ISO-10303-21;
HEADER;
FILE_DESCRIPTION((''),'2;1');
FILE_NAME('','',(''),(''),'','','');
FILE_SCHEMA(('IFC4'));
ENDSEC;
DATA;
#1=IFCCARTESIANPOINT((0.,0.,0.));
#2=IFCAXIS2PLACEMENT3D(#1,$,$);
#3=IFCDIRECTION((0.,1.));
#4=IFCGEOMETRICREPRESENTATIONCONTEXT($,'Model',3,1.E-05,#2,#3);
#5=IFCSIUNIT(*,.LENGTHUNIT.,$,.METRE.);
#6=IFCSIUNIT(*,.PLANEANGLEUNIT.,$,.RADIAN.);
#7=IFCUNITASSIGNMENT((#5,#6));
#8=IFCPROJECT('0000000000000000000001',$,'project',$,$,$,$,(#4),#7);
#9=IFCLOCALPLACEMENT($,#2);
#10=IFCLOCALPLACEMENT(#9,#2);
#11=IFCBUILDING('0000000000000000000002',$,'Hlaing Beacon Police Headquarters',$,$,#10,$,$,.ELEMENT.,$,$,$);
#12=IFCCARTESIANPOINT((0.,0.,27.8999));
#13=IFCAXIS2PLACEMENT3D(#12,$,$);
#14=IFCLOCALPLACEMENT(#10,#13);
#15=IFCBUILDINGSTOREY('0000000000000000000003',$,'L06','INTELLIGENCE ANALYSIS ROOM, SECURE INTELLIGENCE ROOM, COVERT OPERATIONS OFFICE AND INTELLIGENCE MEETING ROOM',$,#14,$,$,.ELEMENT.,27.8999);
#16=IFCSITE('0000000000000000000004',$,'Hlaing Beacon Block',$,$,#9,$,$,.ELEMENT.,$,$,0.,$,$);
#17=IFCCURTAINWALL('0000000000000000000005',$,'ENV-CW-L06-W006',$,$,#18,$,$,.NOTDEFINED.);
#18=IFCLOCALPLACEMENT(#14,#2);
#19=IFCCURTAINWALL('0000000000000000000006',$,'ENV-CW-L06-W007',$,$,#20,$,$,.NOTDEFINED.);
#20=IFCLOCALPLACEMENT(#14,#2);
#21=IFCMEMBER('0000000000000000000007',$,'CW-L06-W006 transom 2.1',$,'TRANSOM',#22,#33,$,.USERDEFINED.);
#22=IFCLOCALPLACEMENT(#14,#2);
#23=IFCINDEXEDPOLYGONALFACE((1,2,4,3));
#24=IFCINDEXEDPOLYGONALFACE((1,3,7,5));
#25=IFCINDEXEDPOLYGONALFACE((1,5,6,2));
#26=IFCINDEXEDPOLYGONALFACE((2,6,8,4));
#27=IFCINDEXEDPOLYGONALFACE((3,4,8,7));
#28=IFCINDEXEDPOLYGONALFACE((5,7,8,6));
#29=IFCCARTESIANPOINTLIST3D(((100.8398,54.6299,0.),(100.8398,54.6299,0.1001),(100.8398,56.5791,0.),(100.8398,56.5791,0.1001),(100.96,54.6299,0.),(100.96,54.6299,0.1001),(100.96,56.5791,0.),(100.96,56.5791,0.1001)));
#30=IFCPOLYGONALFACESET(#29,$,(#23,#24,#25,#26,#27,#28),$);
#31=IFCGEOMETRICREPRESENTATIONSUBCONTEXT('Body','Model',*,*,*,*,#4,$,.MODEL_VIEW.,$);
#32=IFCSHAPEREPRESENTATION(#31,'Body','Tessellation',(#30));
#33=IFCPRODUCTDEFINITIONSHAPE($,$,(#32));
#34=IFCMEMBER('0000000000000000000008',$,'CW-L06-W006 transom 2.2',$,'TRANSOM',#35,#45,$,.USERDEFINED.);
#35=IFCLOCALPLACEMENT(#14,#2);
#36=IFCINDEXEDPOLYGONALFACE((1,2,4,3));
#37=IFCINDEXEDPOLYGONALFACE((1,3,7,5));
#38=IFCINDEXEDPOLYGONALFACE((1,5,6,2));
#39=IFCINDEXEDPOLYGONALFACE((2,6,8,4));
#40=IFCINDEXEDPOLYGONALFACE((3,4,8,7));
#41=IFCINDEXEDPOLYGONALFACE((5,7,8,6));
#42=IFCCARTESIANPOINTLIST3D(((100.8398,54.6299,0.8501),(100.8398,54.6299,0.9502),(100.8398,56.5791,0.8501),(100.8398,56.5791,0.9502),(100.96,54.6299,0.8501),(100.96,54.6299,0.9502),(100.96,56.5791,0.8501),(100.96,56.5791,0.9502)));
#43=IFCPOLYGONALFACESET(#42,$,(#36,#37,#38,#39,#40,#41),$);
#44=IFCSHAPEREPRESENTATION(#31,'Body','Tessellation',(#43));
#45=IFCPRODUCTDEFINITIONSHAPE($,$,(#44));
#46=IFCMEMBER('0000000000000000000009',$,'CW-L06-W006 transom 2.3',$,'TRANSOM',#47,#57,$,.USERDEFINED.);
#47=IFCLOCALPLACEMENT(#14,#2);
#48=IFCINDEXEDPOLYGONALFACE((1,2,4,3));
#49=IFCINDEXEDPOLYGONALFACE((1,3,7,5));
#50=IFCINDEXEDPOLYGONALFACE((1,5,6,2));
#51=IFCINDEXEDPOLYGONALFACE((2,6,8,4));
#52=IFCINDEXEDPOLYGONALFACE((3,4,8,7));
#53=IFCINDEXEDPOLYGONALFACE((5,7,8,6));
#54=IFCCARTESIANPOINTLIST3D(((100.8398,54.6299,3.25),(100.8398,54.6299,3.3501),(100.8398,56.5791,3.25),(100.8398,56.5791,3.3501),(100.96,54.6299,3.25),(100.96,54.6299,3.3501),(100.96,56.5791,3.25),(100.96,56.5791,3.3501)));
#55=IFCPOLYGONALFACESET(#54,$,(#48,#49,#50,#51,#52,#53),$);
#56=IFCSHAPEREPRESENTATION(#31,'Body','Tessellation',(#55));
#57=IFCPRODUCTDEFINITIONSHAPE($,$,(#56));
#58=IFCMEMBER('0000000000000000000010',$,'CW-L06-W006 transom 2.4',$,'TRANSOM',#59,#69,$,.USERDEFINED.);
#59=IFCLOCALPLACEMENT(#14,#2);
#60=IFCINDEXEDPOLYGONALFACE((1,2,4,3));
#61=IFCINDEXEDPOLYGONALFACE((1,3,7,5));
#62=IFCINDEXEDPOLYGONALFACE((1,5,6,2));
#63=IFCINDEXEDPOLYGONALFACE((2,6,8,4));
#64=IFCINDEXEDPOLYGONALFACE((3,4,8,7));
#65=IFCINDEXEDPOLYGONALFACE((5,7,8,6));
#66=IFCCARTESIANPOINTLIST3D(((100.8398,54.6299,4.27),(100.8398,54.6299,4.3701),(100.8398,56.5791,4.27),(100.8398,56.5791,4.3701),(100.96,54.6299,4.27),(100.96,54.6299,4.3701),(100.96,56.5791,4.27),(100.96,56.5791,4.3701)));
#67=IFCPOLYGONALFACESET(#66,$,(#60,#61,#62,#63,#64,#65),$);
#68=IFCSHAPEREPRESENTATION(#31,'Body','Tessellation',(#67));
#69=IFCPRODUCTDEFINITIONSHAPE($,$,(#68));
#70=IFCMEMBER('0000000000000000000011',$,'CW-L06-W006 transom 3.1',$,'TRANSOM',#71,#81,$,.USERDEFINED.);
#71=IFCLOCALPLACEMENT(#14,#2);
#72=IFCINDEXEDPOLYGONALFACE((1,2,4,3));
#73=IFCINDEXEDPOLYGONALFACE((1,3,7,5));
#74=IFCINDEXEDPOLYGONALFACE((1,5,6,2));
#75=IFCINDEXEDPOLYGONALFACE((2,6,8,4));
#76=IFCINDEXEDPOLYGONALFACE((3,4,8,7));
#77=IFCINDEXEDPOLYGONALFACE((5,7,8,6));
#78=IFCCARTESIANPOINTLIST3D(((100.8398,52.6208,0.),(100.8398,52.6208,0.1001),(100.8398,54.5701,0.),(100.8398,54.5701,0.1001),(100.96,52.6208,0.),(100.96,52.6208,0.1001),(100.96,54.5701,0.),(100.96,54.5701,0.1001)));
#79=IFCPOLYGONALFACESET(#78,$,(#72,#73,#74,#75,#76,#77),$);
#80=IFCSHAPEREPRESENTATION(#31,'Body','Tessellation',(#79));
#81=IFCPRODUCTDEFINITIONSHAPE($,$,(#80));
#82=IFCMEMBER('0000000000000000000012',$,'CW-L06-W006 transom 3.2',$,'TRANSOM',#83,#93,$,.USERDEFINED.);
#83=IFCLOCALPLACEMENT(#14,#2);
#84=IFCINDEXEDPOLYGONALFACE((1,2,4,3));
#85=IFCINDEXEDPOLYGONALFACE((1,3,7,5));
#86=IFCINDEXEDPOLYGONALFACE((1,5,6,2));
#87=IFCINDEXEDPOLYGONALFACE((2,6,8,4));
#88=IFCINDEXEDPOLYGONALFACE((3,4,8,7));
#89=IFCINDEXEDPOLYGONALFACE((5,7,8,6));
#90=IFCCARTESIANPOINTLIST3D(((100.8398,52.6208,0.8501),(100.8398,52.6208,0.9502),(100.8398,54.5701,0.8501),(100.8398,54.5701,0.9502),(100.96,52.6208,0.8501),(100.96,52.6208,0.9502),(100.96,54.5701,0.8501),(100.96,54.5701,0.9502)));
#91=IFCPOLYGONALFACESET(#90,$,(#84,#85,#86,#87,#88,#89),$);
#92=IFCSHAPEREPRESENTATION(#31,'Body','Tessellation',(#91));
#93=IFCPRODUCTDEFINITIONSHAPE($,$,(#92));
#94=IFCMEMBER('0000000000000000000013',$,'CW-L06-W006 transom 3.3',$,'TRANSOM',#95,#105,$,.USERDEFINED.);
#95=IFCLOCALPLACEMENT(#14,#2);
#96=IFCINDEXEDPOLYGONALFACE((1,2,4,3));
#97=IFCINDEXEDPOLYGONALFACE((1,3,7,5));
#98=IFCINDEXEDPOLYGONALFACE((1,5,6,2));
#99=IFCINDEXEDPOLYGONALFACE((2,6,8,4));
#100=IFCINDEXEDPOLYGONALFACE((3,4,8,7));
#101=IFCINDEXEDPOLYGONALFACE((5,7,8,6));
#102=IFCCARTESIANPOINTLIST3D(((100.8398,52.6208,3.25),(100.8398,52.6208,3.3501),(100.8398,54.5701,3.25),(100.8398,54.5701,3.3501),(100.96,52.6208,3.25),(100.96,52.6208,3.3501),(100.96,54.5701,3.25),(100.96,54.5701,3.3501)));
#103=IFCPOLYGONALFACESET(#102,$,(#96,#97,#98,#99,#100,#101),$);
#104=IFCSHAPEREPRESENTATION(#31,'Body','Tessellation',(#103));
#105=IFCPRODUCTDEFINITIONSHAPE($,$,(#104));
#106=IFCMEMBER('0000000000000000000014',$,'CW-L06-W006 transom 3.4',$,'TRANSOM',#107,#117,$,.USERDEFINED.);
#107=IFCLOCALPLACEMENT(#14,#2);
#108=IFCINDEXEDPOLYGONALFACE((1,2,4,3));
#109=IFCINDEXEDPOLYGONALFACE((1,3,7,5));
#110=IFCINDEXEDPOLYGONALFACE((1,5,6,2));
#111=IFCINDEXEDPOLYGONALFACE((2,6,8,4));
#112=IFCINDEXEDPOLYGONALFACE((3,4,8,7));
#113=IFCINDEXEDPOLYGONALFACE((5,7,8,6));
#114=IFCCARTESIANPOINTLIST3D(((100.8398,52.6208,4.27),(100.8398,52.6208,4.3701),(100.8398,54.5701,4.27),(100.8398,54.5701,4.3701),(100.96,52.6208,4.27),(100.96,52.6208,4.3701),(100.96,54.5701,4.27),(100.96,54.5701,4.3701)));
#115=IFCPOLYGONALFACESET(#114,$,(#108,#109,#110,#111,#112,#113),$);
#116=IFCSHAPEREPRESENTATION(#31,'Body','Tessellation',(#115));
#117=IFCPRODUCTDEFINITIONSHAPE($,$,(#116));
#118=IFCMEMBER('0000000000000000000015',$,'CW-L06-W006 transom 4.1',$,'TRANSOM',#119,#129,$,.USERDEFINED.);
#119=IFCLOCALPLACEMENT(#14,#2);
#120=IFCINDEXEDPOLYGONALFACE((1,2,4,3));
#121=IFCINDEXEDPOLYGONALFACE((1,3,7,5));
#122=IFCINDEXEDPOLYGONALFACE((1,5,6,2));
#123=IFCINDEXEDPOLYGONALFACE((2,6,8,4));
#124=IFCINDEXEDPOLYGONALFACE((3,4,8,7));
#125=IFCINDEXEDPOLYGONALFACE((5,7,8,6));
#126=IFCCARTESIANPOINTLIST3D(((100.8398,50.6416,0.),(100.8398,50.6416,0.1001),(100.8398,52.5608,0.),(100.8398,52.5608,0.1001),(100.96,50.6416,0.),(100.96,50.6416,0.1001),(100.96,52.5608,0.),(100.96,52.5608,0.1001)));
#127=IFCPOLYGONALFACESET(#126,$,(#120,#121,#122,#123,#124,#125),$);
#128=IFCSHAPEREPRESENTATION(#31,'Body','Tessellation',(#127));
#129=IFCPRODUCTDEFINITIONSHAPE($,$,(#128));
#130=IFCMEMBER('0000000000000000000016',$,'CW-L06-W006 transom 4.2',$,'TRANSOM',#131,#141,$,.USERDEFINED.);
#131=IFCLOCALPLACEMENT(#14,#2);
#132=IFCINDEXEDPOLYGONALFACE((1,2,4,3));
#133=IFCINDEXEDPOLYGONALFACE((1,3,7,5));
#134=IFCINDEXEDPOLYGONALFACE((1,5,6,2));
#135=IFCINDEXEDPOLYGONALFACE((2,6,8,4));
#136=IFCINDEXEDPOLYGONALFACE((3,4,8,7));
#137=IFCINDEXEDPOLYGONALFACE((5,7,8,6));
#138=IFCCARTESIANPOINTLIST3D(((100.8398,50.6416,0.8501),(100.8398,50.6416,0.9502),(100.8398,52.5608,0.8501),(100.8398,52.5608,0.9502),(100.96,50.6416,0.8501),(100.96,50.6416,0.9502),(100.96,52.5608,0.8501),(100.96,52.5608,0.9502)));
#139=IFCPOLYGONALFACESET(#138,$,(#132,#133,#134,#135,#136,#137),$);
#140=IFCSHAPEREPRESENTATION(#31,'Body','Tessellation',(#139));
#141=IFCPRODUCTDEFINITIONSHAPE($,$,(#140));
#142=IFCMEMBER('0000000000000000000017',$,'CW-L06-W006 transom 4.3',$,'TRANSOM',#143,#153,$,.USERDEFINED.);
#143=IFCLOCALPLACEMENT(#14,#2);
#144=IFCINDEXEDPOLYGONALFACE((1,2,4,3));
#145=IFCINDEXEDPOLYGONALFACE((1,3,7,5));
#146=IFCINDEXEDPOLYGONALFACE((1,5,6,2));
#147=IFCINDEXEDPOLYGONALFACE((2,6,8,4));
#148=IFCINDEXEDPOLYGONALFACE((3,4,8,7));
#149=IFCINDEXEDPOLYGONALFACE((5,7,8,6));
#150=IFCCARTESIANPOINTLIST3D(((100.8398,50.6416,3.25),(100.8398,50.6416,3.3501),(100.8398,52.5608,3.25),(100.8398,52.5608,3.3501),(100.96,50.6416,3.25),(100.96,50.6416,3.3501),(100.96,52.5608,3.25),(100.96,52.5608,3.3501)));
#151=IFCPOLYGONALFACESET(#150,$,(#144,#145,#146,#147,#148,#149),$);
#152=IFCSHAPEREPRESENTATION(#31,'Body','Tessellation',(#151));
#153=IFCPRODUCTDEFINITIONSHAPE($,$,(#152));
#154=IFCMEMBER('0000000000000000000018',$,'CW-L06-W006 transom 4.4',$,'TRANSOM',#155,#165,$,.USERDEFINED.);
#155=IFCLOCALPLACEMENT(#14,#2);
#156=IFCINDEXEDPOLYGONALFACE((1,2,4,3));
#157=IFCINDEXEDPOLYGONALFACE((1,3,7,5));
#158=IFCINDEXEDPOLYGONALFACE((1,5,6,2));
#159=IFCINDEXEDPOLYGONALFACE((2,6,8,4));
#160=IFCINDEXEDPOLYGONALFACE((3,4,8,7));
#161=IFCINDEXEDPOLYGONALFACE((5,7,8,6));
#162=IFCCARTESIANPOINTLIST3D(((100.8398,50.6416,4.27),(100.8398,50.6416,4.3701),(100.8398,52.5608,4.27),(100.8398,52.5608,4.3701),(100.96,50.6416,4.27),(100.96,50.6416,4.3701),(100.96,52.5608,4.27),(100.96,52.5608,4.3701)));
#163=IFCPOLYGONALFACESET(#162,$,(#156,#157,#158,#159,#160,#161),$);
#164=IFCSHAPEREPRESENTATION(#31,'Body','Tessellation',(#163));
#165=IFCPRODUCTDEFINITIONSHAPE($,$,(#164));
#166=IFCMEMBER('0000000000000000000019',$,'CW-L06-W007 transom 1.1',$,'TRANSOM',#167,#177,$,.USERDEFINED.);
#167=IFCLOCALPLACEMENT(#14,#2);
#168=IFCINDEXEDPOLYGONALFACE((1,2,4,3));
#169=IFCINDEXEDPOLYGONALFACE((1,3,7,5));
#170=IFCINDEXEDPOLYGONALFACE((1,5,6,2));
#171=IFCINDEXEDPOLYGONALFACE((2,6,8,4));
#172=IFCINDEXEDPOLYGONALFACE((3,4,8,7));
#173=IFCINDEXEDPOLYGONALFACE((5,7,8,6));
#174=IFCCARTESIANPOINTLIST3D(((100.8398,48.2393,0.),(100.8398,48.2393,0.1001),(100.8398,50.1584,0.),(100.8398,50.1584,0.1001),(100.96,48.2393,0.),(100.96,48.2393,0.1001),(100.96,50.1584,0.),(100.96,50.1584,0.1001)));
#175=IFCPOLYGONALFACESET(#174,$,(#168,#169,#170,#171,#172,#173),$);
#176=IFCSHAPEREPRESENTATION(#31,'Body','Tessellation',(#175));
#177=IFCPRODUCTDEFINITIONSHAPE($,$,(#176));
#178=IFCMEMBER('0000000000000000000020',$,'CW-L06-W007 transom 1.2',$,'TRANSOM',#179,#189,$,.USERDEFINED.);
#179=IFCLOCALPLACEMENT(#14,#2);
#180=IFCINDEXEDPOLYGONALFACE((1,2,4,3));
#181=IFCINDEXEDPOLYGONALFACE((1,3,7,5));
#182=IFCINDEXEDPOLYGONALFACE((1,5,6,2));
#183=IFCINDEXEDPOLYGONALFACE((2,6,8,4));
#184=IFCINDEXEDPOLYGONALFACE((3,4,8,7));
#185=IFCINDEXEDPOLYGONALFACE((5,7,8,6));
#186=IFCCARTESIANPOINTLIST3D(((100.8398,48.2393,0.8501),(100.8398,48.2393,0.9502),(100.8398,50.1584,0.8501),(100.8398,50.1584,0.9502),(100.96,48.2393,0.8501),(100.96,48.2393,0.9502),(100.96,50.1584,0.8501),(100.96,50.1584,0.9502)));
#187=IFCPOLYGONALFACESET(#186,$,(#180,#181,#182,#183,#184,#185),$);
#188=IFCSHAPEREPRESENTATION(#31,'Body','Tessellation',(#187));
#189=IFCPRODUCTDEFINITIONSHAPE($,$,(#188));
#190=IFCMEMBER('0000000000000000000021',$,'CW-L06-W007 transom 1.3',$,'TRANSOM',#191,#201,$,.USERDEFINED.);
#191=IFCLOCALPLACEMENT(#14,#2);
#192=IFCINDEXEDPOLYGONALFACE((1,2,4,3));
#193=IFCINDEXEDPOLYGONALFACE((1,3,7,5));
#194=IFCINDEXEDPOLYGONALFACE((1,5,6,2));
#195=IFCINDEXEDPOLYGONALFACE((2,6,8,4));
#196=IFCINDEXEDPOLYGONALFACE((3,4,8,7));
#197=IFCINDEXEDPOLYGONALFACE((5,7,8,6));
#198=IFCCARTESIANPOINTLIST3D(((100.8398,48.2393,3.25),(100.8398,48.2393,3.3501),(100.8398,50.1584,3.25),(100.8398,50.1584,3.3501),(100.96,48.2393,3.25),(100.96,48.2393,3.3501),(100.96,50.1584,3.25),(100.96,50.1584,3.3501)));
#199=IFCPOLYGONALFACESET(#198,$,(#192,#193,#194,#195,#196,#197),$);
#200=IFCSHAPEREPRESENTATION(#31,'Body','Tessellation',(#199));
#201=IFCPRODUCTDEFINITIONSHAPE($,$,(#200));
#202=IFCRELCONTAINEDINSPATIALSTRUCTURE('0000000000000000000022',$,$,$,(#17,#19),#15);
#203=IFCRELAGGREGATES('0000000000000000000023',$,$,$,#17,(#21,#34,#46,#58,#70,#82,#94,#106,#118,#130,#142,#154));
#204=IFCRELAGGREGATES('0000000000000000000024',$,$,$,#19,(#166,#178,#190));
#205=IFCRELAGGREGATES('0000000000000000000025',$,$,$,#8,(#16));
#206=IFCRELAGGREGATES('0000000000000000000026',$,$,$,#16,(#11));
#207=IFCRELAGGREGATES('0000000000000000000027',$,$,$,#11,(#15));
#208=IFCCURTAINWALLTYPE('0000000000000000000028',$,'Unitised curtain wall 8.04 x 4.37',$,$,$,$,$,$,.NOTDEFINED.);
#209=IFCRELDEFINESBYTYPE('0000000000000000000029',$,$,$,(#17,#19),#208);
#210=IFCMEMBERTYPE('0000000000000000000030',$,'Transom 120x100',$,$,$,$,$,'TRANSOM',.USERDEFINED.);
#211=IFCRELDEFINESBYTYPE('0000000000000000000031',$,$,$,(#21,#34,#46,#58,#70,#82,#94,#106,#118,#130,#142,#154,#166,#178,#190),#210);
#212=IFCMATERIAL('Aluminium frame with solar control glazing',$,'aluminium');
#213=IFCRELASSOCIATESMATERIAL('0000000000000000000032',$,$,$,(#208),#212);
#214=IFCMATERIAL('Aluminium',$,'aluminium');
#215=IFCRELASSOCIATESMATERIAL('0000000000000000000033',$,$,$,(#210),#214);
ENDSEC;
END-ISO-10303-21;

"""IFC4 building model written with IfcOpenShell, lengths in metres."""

from ifc_helpers import new_model, si_unit, direction, frame, origin, origin_2d, place, context, subcontext, project, spatial, rectangle, extrude, material, material_profile, profile_set, type_object, element, aggregate, save


model = new_model("IFC4")

# Units and contexts
model_context = context("Model", 3, precision=1e-05, world=origin(), true_north=direction((0.0, 1.0)))
body_context = subcontext(model_context, "Body", "Model", "MODEL_VIEW")
ifc_project = project(units=[si_unit("LENGTHUNIT", "METRE"), si_unit("PLANEANGLEUNIT", "RADIAN")], contexts=[model_context])

# Site, building, storey
site_placement = place(None, origin())
site = spatial("IfcSite", under=ifc_project, at=site_placement, Name="Hlaing Beacon Block", CompositionType="ELEMENT", RefElevation=0.0)
building_placement = place(site_placement, origin())
building = spatial("IfcBuilding", under=site, at=building_placement, Name="Hlaing Beacon Police Headquarters", CompositionType="ELEMENT")
storey_placement = place(building_placement, frame((0.0, 0.0, 27.8999)))
storey = spatial("IfcBuildingStorey", under=building, at=storey_placement, Name="L06", Description="INTELLIGENCE ANALYSIS ROOM, SECURE INTELLIGENCE ROOM, COVERT OPERATIONS OFFICE AND INTELLIGENCE MEETING ROOM", CompositionType="ELEMENT", Elevation=27.8999)

# Curtain walls
ifc_material_1 = material(Name="Aluminium frame with solar control glazing", Category="aluminium")
curtain_wall_type = type_object("IfcCurtainWallType", Name="Unitised curtain wall 8.04 x 4.37", PredefinedType="NOTDEFINED", material=ifc_material_1)
curtain_wall_1_placement = place(storey_placement, origin())
curtain_wall_1 = element("IfcCurtainWall", 1, at=curtain_wall_1_placement, inside=storey, type_object=curtain_wall_type, Name="ENV-CW-L06-W006", PredefinedType="NOTDEFINED")
curtain_wall_2_placement = place(storey_placement, origin())
curtain_wall_2 = element("IfcCurtainWall", 2, at=curtain_wall_2_placement, inside=storey, type_object=curtain_wall_type, Name="ENV-CW-L06-W007", PredefinedType="NOTDEFINED")

# Members
ifc_material_2 = material(Name="Aluminium", Category="aluminium")
ifc_material_profile_1 = material_profile(ifc_material_2, rectangle(XDim=0.1201, YDim=0.1001, at=origin_2d()), Name="Transom 120x100")
ifc_profile_set_1 = profile_set([ifc_material_profile_1], Name="Aluminium")
member_type_1 = type_object("IfcMemberType", Name="Transom 120x100", ElementType="TRANSOM", PredefinedType="USERDEFINED", material=ifc_profile_set_1)
member_1_placement = place(storey_placement, frame((100.8999, 56.5791, 0.05), z_axis=(0.0, -1.0, 0.0), x_axis=(1.0, 0.0, 0.0)))
member_1 = element("IfcMember", 3, at=member_1_placement, type_object=member_type_1, Name="CW-L06-W006 transom 2.1", ObjectType="TRANSOM", PredefinedType="USERDEFINED", context=body_context, shape_type="SweptSolid", body=[
    extrude(rectangle(XDim=0.1201, YDim=0.1001, at=origin_2d()), origin(), (0.0, 0.0, 1.0), 1.9492),
])
member_2_placement = place(storey_placement, frame((100.8999, 56.5791, 0.9001), z_axis=(0.0, -1.0, 0.0), x_axis=(1.0, 0.0, 0.0)))
member_2 = element("IfcMember", 4, at=member_2_placement, type_object=member_type_1, Name="CW-L06-W006 transom 2.2", ObjectType="TRANSOM", PredefinedType="USERDEFINED", context=body_context, shape_type="SweptSolid", body=[
    extrude(rectangle(XDim=0.1201, YDim=0.1001, at=origin_2d()), origin(), (0.0, 0.0, 1.0), 1.9492),
])
member_3_placement = place(storey_placement, frame((100.8999, 56.5791, 3.3), z_axis=(0.0, -1.0, 0.0), x_axis=(1.0, 0.0, 0.0)))
member_3 = element("IfcMember", 5, at=member_3_placement, type_object=member_type_1, Name="CW-L06-W006 transom 2.3", ObjectType="TRANSOM", PredefinedType="USERDEFINED", context=body_context, shape_type="SweptSolid", body=[
    extrude(rectangle(XDim=0.1201, YDim=0.1001, at=origin_2d()), origin(), (0.0, 0.0, 1.0), 1.9492),
])
member_4_placement = place(storey_placement, frame((100.8999, 56.5791, 4.3201), z_axis=(0.0, -1.0, 0.0), x_axis=(1.0, 0.0, 0.0)))
member_4 = element("IfcMember", 6, at=member_4_placement, type_object=member_type_1, Name="CW-L06-W006 transom 2.4", ObjectType="TRANSOM", PredefinedType="USERDEFINED", context=body_context, shape_type="SweptSolid", body=[
    extrude(rectangle(XDim=0.1201, YDim=0.1001, at=origin_2d()), origin(), (0.0, 0.0, 1.0), 1.9492),
])
member_5_placement = place(storey_placement, frame((100.8999, 54.5701, 0.05), z_axis=(0.0, -1.0, 0.0), x_axis=(1.0, 0.0, 0.0)))
member_5 = element("IfcMember", 7, at=member_5_placement, type_object=member_type_1, Name="CW-L06-W006 transom 3.1", ObjectType="TRANSOM", PredefinedType="USERDEFINED", context=body_context, shape_type="SweptSolid", body=[
    extrude(rectangle(XDim=0.1201, YDim=0.1001, at=origin_2d()), origin(), (0.0, 0.0, 1.0), 1.9492),
])
member_6_placement = place(storey_placement, frame((100.8999, 54.5701, 0.9001), z_axis=(0.0, -1.0, 0.0), x_axis=(1.0, 0.0, 0.0)))
member_6 = element("IfcMember", 8, at=member_6_placement, type_object=member_type_1, Name="CW-L06-W006 transom 3.2", ObjectType="TRANSOM", PredefinedType="USERDEFINED", context=body_context, shape_type="SweptSolid", body=[
    extrude(rectangle(XDim=0.1201, YDim=0.1001, at=origin_2d()), origin(), (0.0, 0.0, 1.0), 1.9492),
])
member_7_placement = place(storey_placement, frame((100.8999, 54.5701, 3.3), z_axis=(0.0, -1.0, 0.0), x_axis=(1.0, 0.0, 0.0)))
member_7 = element("IfcMember", 9, at=member_7_placement, type_object=member_type_1, Name="CW-L06-W006 transom 3.3", ObjectType="TRANSOM", PredefinedType="USERDEFINED", context=body_context, shape_type="SweptSolid", body=[
    extrude(rectangle(XDim=0.1201, YDim=0.1001, at=origin_2d()), origin(), (0.0, 0.0, 1.0), 1.9492),
])
member_8_placement = place(storey_placement, frame((100.8999, 54.5701, 4.3201), z_axis=(0.0, -1.0, 0.0), x_axis=(1.0, 0.0, 0.0)))
member_8 = element("IfcMember", 10, at=member_8_placement, type_object=member_type_1, Name="CW-L06-W006 transom 3.4", ObjectType="TRANSOM", PredefinedType="USERDEFINED", context=body_context, shape_type="SweptSolid", body=[
    extrude(rectangle(XDim=0.1201, YDim=0.1001, at=origin_2d()), origin(), (0.0, 0.0, 1.0), 1.9492),
])
member_9_placement = place(storey_placement, frame((100.8999, 52.5608, 0.05), z_axis=(0.0, -1.0, 0.0), x_axis=(1.0, 0.0, 0.0)))
member_9 = element("IfcMember", 11, at=member_9_placement, type_object=member_type_1, Name="CW-L06-W006 transom 4.1", ObjectType="TRANSOM", PredefinedType="USERDEFINED", context=body_context, shape_type="SweptSolid", body=[
    extrude(rectangle(XDim=0.1201, YDim=0.1001, at=origin_2d()), origin(), (0.0, 0.0, 1.0), 1.9192),
])
member_10_placement = place(storey_placement, frame((100.8999, 52.5608, 0.9001), z_axis=(0.0, -1.0, 0.0), x_axis=(1.0, 0.0, 0.0)))
member_10 = element("IfcMember", 12, at=member_10_placement, type_object=member_type_1, Name="CW-L06-W006 transom 4.2", ObjectType="TRANSOM", PredefinedType="USERDEFINED", context=body_context, shape_type="SweptSolid", body=[
    extrude(rectangle(XDim=0.1201, YDim=0.1001, at=origin_2d()), origin(), (0.0, 0.0, 1.0), 1.9192),
])
member_11_placement = place(storey_placement, frame((100.8999, 52.5608, 3.3), z_axis=(0.0, -1.0, 0.0), x_axis=(1.0, 0.0, 0.0)))
member_11 = element("IfcMember", 13, at=member_11_placement, type_object=member_type_1, Name="CW-L06-W006 transom 4.3", ObjectType="TRANSOM", PredefinedType="USERDEFINED", context=body_context, shape_type="SweptSolid", body=[
    extrude(rectangle(XDim=0.1201, YDim=0.1001, at=origin_2d()), origin(), (0.0, 0.0, 1.0), 1.9192),
])
member_12_placement = place(storey_placement, frame((100.8999, 52.5608, 4.3201), z_axis=(0.0, -1.0, 0.0), x_axis=(1.0, 0.0, 0.0)))
member_12 = element("IfcMember", 14, at=member_12_placement, type_object=member_type_1, Name="CW-L06-W006 transom 4.4", ObjectType="TRANSOM", PredefinedType="USERDEFINED", context=body_context, shape_type="SweptSolid", body=[
    extrude(rectangle(XDim=0.1201, YDim=0.1001, at=origin_2d()), origin(), (0.0, 0.0, 1.0), 1.9192),
])
aggregate(curtain_wall_1, [member_1, member_2, member_3, member_4, member_5, member_6, member_7, member_8, member_9, member_10, member_11, member_12])
member_13_placement = place(storey_placement, frame((100.8999, 50.1584, 0.05), z_axis=(0.0, -1.0, 0.0), x_axis=(1.0, 0.0, 0.0)))
member_13 = element("IfcMember", 15, at=member_13_placement, type_object=member_type_1, Name="CW-L06-W007 transom 1.1", ObjectType="TRANSOM", PredefinedType="USERDEFINED", context=body_context, shape_type="SweptSolid", body=[
    extrude(rectangle(XDim=0.1201, YDim=0.1001, at=origin_2d()), origin(), (0.0, 0.0, 1.0), 1.9192),
])
member_14_placement = place(storey_placement, frame((100.8999, 50.1584, 0.9001), z_axis=(0.0, -1.0, 0.0), x_axis=(1.0, 0.0, 0.0)))
member_14 = element("IfcMember", 16, at=member_14_placement, type_object=member_type_1, Name="CW-L06-W007 transom 1.2", ObjectType="TRANSOM", PredefinedType="USERDEFINED", context=body_context, shape_type="SweptSolid", body=[
    extrude(rectangle(XDim=0.1201, YDim=0.1001, at=origin_2d()), origin(), (0.0, 0.0, 1.0), 1.9192),
])
member_15_placement = place(storey_placement, frame((100.8999, 50.1584, 3.3), z_axis=(0.0, -1.0, 0.0), x_axis=(1.0, 0.0, 0.0)))
member_15 = element("IfcMember", 17, at=member_15_placement, type_object=member_type_1, Name="CW-L06-W007 transom 1.3", ObjectType="TRANSOM", PredefinedType="USERDEFINED", context=body_context, shape_type="SweptSolid", body=[
    extrude(rectangle(XDim=0.1201, YDim=0.1001, at=origin_2d()), origin(), (0.0, 0.0, 1.0), 1.9192),
])
aggregate(curtain_wall_2, [member_13, member_14, member_15])

save(model, "model.ifc")
